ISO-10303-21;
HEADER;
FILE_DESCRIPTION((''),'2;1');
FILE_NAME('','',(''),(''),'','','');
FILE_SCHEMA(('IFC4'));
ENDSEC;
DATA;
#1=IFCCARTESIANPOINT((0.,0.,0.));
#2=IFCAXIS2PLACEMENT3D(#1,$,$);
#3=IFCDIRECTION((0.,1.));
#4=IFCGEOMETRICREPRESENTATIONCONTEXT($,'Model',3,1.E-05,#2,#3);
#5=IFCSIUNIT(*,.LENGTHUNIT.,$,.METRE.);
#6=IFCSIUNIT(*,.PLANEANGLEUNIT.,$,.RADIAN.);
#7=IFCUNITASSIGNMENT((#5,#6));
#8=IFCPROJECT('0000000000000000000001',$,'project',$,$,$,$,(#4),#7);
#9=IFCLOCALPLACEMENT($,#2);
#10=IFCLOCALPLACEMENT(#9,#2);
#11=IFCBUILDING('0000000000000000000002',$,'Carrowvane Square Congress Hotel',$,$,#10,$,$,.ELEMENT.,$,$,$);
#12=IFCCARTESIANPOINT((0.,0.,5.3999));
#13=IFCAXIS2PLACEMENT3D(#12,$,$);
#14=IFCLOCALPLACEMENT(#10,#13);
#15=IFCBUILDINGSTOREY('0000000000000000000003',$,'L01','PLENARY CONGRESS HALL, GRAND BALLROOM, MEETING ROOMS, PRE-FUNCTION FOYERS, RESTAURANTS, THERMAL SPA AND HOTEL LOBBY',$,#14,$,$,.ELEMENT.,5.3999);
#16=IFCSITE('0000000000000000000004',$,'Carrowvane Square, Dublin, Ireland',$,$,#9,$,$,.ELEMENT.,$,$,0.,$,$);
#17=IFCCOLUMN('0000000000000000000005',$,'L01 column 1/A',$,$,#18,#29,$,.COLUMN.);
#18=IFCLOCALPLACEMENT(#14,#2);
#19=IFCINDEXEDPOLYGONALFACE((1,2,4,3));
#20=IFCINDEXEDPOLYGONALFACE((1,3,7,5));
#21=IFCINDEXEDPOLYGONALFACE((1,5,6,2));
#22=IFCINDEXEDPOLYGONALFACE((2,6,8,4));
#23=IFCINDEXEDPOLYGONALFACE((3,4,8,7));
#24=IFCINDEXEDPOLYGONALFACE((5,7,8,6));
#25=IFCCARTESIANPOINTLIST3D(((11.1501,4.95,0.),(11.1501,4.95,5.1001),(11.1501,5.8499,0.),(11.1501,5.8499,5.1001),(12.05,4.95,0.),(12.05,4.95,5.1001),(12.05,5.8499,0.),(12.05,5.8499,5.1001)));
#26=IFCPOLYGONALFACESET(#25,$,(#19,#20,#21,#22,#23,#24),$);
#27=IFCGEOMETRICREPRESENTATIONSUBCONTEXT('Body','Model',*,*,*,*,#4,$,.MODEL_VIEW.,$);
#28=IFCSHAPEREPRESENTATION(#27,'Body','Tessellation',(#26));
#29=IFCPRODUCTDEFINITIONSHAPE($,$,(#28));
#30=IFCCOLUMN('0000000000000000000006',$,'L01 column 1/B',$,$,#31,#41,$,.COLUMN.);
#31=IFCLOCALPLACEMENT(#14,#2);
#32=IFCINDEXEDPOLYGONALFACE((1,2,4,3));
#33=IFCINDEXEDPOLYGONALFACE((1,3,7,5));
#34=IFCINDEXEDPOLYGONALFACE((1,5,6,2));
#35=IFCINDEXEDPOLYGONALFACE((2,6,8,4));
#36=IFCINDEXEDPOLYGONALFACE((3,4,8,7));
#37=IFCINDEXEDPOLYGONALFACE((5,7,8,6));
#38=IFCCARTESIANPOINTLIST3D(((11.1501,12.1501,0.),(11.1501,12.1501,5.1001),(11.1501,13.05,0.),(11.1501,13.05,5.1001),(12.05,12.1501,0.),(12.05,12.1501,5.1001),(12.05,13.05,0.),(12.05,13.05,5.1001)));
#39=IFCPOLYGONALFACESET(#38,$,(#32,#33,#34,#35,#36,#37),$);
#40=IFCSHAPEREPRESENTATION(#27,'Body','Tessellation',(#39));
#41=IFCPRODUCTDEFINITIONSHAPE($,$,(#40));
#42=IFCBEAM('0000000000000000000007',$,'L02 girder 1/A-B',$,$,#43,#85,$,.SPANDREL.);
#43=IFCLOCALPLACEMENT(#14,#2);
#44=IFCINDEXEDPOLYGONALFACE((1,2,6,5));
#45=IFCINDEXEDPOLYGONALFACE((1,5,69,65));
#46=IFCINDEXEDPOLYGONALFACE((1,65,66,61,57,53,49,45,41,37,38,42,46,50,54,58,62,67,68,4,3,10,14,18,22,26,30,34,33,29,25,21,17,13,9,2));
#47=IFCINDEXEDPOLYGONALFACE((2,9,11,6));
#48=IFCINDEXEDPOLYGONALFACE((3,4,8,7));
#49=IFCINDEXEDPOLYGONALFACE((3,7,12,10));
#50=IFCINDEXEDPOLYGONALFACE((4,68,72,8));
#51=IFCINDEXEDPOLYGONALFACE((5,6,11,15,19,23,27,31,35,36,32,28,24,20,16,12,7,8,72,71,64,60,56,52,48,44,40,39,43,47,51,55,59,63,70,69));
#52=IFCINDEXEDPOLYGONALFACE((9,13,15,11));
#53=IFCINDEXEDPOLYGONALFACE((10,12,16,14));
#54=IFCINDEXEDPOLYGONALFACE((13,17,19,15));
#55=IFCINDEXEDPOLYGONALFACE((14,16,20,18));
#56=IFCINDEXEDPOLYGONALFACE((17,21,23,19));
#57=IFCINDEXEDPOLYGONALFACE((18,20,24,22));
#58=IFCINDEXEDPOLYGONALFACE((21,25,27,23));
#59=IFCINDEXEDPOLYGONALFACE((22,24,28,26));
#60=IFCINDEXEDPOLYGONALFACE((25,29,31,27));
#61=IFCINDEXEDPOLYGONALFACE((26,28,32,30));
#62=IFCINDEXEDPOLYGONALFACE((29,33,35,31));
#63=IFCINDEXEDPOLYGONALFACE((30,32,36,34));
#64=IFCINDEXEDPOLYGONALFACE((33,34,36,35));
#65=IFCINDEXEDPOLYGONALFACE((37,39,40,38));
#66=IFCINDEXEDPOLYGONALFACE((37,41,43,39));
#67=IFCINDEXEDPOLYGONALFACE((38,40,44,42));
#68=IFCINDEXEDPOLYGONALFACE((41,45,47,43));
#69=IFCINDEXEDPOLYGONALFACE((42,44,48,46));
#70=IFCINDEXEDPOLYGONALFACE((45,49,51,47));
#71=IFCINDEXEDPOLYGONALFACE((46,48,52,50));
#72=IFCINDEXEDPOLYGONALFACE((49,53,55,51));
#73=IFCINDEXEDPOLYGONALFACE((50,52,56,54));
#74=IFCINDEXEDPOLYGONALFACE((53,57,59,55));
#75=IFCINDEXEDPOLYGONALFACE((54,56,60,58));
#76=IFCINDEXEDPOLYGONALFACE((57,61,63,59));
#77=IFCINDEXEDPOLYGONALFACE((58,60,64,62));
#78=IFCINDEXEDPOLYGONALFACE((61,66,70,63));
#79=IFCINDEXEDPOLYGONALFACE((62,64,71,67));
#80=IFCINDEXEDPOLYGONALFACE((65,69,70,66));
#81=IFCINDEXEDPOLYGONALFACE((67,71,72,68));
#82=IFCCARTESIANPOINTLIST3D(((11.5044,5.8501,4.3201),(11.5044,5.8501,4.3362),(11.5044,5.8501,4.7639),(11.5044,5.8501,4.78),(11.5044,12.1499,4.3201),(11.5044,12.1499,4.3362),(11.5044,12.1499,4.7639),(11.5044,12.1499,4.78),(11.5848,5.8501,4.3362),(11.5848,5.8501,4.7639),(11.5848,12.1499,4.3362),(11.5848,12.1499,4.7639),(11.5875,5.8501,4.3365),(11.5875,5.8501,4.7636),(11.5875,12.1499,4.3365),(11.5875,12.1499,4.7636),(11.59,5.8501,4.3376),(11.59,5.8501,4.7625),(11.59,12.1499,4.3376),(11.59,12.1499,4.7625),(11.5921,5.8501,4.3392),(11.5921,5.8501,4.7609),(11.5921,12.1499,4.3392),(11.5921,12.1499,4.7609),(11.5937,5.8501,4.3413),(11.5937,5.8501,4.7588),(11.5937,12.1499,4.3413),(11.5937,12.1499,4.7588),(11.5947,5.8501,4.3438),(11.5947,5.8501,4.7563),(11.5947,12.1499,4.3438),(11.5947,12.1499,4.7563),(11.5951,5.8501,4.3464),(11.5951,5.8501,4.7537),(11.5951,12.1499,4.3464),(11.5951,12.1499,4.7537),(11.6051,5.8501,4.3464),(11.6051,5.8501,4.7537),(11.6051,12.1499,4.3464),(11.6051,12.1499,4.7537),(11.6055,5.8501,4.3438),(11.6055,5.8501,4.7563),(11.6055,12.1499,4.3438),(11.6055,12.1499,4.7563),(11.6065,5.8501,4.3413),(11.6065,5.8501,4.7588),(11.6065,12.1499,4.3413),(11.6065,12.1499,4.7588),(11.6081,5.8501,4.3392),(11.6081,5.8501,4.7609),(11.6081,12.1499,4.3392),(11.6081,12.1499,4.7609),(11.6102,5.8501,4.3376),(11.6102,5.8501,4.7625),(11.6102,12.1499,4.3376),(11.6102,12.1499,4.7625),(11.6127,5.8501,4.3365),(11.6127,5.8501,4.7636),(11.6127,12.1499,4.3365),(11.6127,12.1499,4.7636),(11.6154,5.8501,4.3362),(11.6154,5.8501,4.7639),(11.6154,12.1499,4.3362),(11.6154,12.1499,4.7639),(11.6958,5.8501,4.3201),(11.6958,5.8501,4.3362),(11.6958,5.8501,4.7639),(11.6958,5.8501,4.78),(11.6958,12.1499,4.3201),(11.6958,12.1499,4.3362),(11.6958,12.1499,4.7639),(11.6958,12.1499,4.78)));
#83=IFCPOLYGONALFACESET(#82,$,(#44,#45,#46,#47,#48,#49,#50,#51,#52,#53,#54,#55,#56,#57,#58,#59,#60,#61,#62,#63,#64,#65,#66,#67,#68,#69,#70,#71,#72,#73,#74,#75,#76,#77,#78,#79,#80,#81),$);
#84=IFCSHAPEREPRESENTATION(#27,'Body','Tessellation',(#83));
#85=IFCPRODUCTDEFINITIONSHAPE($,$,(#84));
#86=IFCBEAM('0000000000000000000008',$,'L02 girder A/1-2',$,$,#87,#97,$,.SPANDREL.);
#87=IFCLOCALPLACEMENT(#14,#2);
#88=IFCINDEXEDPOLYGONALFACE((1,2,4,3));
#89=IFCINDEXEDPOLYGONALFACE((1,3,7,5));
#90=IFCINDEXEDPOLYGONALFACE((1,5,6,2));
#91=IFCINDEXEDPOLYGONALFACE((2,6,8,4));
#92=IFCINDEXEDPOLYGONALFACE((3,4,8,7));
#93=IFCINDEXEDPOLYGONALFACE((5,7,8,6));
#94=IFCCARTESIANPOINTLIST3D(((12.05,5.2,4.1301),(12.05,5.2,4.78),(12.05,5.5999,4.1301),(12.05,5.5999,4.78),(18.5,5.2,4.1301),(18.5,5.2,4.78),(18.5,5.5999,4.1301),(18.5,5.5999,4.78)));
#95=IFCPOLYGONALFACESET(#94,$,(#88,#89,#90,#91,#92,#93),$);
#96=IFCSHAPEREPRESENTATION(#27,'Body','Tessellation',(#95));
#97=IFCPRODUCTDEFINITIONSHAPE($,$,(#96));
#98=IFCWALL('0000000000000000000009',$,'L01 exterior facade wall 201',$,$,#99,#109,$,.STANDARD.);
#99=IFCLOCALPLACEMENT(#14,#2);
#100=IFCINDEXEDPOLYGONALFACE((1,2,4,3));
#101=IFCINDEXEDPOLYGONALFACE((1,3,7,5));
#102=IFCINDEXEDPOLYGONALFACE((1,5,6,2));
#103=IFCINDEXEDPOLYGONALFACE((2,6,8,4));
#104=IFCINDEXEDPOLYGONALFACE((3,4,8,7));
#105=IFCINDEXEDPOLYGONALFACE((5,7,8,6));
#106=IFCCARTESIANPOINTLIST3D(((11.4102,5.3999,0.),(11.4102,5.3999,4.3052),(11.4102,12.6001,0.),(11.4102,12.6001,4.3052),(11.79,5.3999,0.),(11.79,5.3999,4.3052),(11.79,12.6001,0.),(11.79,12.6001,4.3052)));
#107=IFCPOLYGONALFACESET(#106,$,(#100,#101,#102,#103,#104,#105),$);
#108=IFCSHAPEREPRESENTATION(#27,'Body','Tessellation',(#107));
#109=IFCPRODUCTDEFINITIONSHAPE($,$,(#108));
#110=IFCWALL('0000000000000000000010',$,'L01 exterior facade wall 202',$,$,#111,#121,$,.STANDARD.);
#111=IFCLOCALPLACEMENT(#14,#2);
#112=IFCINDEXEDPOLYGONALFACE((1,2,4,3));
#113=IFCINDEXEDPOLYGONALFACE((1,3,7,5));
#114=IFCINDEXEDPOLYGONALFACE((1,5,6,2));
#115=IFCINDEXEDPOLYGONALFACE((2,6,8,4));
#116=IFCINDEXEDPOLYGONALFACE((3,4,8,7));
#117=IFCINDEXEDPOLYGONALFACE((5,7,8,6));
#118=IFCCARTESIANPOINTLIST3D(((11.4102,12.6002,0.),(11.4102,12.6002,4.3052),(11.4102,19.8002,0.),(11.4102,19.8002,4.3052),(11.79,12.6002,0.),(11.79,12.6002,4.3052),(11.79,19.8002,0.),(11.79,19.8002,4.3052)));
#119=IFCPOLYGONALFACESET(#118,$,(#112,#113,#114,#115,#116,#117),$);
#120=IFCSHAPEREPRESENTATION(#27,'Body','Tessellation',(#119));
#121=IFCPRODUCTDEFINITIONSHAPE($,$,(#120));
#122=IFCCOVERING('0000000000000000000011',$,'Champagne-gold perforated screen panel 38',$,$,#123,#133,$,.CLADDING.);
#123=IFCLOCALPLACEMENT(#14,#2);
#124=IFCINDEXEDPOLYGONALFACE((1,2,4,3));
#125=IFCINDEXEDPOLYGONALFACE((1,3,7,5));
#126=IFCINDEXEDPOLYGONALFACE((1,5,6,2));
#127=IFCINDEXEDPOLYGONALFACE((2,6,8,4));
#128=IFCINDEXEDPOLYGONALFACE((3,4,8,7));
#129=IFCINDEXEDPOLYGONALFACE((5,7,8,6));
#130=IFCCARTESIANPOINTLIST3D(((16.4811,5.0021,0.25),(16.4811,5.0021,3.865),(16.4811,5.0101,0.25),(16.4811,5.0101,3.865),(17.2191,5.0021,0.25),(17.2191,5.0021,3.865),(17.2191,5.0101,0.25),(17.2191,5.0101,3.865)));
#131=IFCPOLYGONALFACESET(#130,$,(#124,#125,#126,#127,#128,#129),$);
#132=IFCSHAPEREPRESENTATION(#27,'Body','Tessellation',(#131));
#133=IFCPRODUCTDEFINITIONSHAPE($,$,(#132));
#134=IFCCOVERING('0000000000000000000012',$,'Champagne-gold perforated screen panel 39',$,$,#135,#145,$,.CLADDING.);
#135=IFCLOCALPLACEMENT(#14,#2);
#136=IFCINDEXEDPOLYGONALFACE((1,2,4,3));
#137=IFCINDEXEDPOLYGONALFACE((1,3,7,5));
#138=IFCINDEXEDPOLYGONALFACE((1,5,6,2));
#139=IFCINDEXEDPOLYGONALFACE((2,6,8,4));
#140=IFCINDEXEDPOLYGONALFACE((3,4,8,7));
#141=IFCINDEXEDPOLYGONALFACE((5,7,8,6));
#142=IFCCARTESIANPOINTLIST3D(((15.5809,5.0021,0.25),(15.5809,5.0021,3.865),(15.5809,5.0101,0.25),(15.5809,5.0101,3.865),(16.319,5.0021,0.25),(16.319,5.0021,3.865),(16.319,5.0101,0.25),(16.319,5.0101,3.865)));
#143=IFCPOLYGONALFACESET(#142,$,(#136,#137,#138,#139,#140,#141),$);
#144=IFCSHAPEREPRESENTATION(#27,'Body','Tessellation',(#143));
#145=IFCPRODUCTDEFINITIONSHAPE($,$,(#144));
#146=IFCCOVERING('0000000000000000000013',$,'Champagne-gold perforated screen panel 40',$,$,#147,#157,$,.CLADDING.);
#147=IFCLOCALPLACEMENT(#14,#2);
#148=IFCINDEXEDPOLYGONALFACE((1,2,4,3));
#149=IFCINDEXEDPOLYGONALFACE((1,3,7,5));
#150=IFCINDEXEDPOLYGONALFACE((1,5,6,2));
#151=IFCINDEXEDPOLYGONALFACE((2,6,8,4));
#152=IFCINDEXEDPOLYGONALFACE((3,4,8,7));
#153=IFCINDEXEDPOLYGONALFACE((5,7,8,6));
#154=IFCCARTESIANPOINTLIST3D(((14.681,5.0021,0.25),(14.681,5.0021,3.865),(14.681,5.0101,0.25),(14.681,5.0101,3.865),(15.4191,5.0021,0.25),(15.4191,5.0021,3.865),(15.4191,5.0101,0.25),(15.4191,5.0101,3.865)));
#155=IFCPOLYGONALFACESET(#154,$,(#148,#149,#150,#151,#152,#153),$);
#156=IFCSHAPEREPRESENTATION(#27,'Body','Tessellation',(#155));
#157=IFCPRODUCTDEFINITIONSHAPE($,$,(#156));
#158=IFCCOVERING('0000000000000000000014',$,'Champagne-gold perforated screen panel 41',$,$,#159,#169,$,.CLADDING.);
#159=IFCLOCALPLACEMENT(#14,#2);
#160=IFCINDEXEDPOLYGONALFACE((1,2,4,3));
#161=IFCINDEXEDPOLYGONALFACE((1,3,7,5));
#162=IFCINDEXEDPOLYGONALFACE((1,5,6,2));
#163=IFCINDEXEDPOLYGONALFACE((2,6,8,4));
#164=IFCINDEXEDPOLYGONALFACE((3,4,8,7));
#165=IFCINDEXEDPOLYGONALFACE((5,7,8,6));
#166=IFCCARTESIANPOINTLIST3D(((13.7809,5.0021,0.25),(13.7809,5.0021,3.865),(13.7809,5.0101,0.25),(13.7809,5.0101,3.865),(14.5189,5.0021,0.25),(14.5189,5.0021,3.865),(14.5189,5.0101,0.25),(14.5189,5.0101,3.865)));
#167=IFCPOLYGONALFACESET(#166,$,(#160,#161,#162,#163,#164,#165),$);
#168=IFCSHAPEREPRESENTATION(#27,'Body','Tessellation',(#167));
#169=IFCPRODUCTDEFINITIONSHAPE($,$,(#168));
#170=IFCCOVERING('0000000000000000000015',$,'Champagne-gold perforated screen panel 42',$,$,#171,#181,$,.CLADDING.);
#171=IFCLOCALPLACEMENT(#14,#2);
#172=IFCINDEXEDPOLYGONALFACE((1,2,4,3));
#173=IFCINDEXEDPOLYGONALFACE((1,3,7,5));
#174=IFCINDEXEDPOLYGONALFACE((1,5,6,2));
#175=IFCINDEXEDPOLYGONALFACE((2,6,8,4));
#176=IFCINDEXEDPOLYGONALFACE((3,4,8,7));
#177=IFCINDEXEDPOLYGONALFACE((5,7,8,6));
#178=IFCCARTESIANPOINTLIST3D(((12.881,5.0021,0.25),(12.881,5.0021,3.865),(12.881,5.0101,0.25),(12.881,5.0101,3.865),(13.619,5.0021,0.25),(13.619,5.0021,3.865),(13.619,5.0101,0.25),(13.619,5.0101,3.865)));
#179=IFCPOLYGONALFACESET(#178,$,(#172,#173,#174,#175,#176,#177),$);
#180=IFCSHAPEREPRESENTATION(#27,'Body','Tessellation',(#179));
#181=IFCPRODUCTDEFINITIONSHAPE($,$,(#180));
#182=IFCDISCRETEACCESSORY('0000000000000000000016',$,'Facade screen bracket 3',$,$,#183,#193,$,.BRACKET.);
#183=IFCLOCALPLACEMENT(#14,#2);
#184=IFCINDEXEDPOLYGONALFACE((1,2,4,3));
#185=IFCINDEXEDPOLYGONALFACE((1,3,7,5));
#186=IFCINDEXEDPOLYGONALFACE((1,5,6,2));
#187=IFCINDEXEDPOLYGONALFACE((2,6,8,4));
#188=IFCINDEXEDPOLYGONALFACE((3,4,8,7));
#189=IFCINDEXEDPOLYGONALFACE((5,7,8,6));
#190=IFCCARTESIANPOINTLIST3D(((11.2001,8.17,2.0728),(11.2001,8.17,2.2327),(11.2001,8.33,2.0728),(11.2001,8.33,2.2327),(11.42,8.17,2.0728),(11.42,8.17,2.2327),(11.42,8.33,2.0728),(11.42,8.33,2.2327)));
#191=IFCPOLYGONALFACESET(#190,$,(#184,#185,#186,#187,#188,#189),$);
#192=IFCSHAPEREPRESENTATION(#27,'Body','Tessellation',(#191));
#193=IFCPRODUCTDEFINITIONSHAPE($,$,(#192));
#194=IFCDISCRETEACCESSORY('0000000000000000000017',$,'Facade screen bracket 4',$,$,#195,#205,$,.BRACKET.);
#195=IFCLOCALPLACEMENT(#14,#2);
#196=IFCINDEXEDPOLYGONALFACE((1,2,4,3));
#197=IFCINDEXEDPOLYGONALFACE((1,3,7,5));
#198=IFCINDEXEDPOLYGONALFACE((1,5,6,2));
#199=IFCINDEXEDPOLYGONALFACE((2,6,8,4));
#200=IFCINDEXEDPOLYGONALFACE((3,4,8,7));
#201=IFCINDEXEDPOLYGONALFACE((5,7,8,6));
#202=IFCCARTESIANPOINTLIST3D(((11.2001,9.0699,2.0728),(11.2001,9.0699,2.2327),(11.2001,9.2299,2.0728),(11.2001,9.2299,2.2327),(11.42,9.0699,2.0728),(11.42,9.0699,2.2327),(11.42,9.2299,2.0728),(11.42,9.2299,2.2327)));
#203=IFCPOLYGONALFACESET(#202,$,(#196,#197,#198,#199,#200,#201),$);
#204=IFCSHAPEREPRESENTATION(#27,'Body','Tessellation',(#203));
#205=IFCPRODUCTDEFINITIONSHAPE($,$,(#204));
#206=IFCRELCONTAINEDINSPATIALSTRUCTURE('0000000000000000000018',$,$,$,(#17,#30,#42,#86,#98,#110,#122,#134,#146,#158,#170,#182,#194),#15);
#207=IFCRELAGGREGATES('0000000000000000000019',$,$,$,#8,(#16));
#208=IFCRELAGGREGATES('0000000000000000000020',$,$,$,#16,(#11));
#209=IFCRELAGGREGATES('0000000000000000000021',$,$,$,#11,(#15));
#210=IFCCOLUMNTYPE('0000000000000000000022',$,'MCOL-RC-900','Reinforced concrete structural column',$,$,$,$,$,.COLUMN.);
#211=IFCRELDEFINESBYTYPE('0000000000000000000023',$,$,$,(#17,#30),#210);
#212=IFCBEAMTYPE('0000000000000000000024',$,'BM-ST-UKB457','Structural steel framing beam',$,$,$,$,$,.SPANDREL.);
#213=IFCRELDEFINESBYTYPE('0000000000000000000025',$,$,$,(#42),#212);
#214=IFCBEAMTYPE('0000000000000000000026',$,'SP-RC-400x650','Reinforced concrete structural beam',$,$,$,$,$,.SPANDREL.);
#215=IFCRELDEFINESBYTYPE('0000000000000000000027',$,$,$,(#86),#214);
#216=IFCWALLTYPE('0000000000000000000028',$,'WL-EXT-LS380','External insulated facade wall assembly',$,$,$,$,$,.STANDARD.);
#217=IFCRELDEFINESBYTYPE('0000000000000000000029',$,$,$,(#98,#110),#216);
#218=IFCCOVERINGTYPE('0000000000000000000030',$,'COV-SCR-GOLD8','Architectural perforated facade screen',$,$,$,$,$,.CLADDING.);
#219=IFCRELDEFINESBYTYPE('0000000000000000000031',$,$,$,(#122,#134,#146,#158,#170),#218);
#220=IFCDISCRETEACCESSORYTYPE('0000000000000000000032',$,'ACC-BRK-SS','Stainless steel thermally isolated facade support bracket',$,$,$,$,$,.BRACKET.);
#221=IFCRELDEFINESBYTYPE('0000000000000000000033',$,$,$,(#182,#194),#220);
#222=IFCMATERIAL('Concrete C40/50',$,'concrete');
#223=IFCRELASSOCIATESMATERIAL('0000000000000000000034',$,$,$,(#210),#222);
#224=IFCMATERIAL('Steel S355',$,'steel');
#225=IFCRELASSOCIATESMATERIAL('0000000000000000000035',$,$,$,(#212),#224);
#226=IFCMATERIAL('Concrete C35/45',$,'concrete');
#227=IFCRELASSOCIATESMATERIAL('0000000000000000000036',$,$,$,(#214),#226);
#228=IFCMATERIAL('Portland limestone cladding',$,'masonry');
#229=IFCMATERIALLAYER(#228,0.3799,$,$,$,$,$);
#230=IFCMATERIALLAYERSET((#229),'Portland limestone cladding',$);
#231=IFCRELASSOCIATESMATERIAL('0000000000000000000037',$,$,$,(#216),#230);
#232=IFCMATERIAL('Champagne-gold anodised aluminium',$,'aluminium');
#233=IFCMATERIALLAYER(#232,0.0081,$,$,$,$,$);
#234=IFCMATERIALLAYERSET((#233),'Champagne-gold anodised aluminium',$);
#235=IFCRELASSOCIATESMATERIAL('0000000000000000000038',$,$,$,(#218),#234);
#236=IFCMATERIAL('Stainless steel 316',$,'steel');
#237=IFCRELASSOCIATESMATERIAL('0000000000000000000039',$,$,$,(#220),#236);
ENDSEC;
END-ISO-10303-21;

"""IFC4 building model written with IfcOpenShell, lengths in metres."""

from ifc_helpers import new_model, si_unit, direction, frame, frame_2d, origin, origin_2d, place, context, subcontext, project, spatial, rectangle, i_section, extrude, material, layer, layer_set, material_profile, profile_set, type_object, element, save


model = new_model("IFC4")

# Units and contexts
model_context = context("Model", 3, precision=1e-05, world=origin(), true_north=direction((0.0, 1.0)))
body_context = subcontext(model_context, "Body", "Model", "MODEL_VIEW")
ifc_project = project(units=[si_unit("LENGTHUNIT", "METRE"), si_unit("PLANEANGLEUNIT", "RADIAN")], contexts=[model_context])

# Site, building, storey
site_placement = place(None, origin())
site = spatial("IfcSite", under=ifc_project, at=site_placement, Name="Carrowvane Square, Dublin, Ireland", CompositionType="ELEMENT", RefElevation=0.0)
building_placement = place(site_placement, origin())
building = spatial("IfcBuilding", under=site, at=building_placement, Name="Carrowvane Square Congress Hotel", CompositionType="ELEMENT")
storey_placement = place(building_placement, frame((0.0, 0.0, 5.3999)))
storey = spatial("IfcBuildingStorey", under=building, at=storey_placement, Name="L01", Description="PLENARY CONGRESS HALL, GRAND BALLROOM, MEETING ROOMS, PRE-FUNCTION FOYERS, RESTAURANTS, THERMAL SPA AND HOTEL LOBBY", CompositionType="ELEMENT", Elevation=5.3999)

# Columns
ifc_material_1 = material(Name="Concrete C40/50", Category="concrete")
ifc_material_profile_1 = material_profile(ifc_material_1, rectangle(XDim=0.8999, YDim=0.8999, at=origin_2d()), Name="RC 900x900")
ifc_profile_set_1 = profile_set([ifc_material_profile_1], Name="Concrete C40/50")
column_type = type_object("IfcColumnType", Name="MCOL-RC-900", Description="Reinforced concrete structural column", PredefinedType="COLUMN", material=ifc_profile_set_1)
for number, where, z_axis, x_axis, name in (
    (1, (11.6001, 5.3999, 0.0), (0.0, 0.0, 1.0), (1.0, 0.0, 0.0), "L01 column 1/A"),
    (2, (11.6001, 12.6001, 0.0), (0.0, 0.0, 1.0), (1.0, 0.0, 0.0), "L01 column 1/B"),
):
    element("IfcColumn", number, at=place(storey_placement, frame(where, z_axis=z_axis, x_axis=x_axis)), inside=storey, type_object=column_type, Name=name, PredefinedType="COLUMN", context=body_context, shape_type="SweptSolid", body=[
        extrude(rectangle(XDim=0.8999, YDim=0.8999, at=origin_2d()), origin(), (0.0, 0.0, 1.0), 5.1001),
    ])

# Beams
ifc_material_2 = material(Name="Steel S355", Category="steel")
ifc_material_profile_2 = material_profile(ifc_material_2, i_section(OverallWidth=0.1914, OverallDepth=0.46, WebThickness=0.01, FlangeThickness=0.0161, FilletRadius=0.0103, at=origin_2d()), Name="UKB 457x191x82")
ifc_profile_set_2 = profile_set([ifc_material_profile_2], Name="Steel S355")
beam_type_1 = type_object("IfcBeamType", Name="BM-ST-UKB457", Description="Structural steel framing beam", PredefinedType="SPANDREL", material=ifc_profile_set_2)
beam_1_placement = place(storey_placement, frame((11.6001, 5.8501, 4.55), z_axis=(0.0, 1.0, 0.0), x_axis=(-1.0, 0.0, 0.0)))
element("IfcBeam", 3, at=beam_1_placement, inside=storey, type_object=beam_type_1, Name="L02 girder 1/A-B", PredefinedType="SPANDREL", context=body_context, shape_type="SweptSolid", body=[
    extrude(i_section(OverallWidth=0.1914, OverallDepth=0.46, WebThickness=0.01, FlangeThickness=0.0161, FilletRadius=0.0103, at=origin_2d()), origin(), (0.0, 0.0, 1.0), 6.2998),
])
ifc_material_3 = material(Name="Concrete C35/45", Category="concrete")
ifc_material_profile_3 = material_profile(ifc_material_3, rectangle(XDim=0.3999, YDim=0.6499, at=origin_2d()), Name="RC 400x650")
ifc_profile_set_3 = profile_set([ifc_material_profile_3], Name="Concrete C35/45")
beam_type_2 = type_object("IfcBeamType", Name="SP-RC-400x650", Description="Reinforced concrete structural beam", PredefinedType="SPANDREL", material=ifc_profile_set_3)
beam_2_placement = place(storey_placement, frame((12.05, 5.3999, 4.4551), z_axis=(1.0, 0.0, 0.0), x_axis=(0.0, 1.0, 0.0)))
element("IfcBeam", 4, at=beam_2_placement, inside=storey, type_object=beam_type_2, Name="L02 girder A/1-2", PredefinedType="SPANDREL", context=body_context, shape_type="SweptSolid", body=[
    extrude(rectangle(XDim=0.3999, YDim=0.6499, at=origin_2d()), origin(), (0.0, 0.0, 1.0), 6.45),
])

# Walls
ifc_material_4 = material(Name="Portland limestone cladding", Category="masonry")
ifc_layer_1 = layer(ifc_material_4, 0.3799)
ifc_layer_set_1 = layer_set([ifc_layer_1], Name="Portland limestone cladding")
wall_type = type_object("IfcWallType", Name="WL-EXT-LS380", Description="External insulated facade wall assembly", PredefinedType="STANDARD", material=ifc_layer_set_1)
wall_1_placement = place(storey_placement, frame((11.6001, 5.3999, 0.0), z_axis=(0.0, 0.0, 1.0), x_axis=(0.0, 1.0, 0.0)))
element("IfcWall", 5, at=wall_1_placement, inside=storey, type_object=wall_type, Name="L01 exterior facade wall 201", PredefinedType="STANDARD", context=body_context, shape_type="SweptSolid", body=[
    extrude(rectangle(XDim=7.2002, YDim=0.3799, at=frame_2d((3.6001, 0.0))), origin(), (0.0, 0.0, 1.0), 4.3052),
])
wall_2_placement = place(storey_placement, frame((11.6001, 12.6001, 0.0), z_axis=(0.0, 0.0, 1.0), x_axis=(0.0, 1.0, 0.0)))
element("IfcWall", 6, at=wall_2_placement, inside=storey, type_object=wall_type, Name="L01 exterior facade wall 202", PredefinedType="STANDARD", context=body_context, shape_type="SweptSolid", body=[
    extrude(rectangle(XDim=7.2, YDim=0.3799, at=frame_2d((3.6001, 0.0))), origin(), (0.0, 0.0, 1.0), 4.3052),
])

# Coverings
ifc_material_5 = material(Name="Champagne-gold anodised aluminium", Category="aluminium")
ifc_layer_2 = layer(ifc_material_5, 0.0081)
ifc_layer_set_2 = layer_set([ifc_layer_2], Name="Champagne-gold anodised aluminium")
covering_type = type_object("IfcCoveringType", Name="COV-SCR-GOLD8", Description="Architectural perforated facade screen", PredefinedType="CLADDING", material=ifc_layer_set_2)
for number, where, z_axis, x_axis, name in (
    (7, (16.8501, 5.0061, 0.25), (0.0, 0.0, 1.0), (-1.0, 0.0, 0.0), "Champagne-gold perforated screen panel 38"),
    (8, (15.95, 5.0061, 0.25), (0.0, 0.0, 1.0), (-1.0, 0.0, 0.0), "Champagne-gold perforated screen panel 39"),
    (9, (15.05, 5.0061, 0.25), (0.0, 0.0, 1.0), (-1.0, 0.0, 0.0), "Champagne-gold perforated screen panel 40"),
    (10, (14.1499, 5.0061, 0.25), (0.0, 0.0, 1.0), (-1.0, 0.0, 0.0), "Champagne-gold perforated screen panel 41"),
    (11, (13.25, 5.0061, 0.25), (0.0, 0.0, 1.0), (-1.0, 0.0, 0.0), "Champagne-gold perforated screen panel 42"),
):
    element("IfcCovering", number, at=place(storey_placement, frame(where, z_axis=z_axis, x_axis=x_axis)), inside=storey, type_object=covering_type, Name=name, PredefinedType="CLADDING", context=body_context, shape_type="SweptSolid", body=[
        extrude(rectangle(XDim=0.738, YDim=0.0081, at=origin_2d()), origin(), (0.0, 0.0, 1.0), 3.615),
    ])

# Discrete accessories
ifc_material_6 = material(Name="Stainless steel 316", Category="steel")
discrete_accessory_type = type_object("IfcDiscreteAccessoryType", Name="ACC-BRK-SS", Description="Stainless steel thermally isolated facade support bracket", PredefinedType="BRACKET", material=ifc_material_6)
for number, where, z_axis, x_axis, name in (
    (12, (11.3101, 8.25, 2.0728), (0.0, 0.0, 1.0), (0.0, 1.0, 0.0), "Facade screen bracket 3"),
    (13, (11.3101, 9.1499, 2.0728), (0.0, 0.0, 1.0), (0.0, 1.0, 0.0), "Facade screen bracket 4"),
):
    element("IfcDiscreteAccessory", number, at=place(storey_placement, frame(where, z_axis=z_axis, x_axis=x_axis)), inside=storey, type_object=discrete_accessory_type, Name=name, PredefinedType="BRACKET", context=body_context, shape_type="SweptSolid", body=[
        extrude(rectangle(XDim=0.1599, YDim=0.22, at=origin_2d()), origin(), (0.0, 0.0, 1.0), 0.1599),
    ])

save(model, "model.ifc")
